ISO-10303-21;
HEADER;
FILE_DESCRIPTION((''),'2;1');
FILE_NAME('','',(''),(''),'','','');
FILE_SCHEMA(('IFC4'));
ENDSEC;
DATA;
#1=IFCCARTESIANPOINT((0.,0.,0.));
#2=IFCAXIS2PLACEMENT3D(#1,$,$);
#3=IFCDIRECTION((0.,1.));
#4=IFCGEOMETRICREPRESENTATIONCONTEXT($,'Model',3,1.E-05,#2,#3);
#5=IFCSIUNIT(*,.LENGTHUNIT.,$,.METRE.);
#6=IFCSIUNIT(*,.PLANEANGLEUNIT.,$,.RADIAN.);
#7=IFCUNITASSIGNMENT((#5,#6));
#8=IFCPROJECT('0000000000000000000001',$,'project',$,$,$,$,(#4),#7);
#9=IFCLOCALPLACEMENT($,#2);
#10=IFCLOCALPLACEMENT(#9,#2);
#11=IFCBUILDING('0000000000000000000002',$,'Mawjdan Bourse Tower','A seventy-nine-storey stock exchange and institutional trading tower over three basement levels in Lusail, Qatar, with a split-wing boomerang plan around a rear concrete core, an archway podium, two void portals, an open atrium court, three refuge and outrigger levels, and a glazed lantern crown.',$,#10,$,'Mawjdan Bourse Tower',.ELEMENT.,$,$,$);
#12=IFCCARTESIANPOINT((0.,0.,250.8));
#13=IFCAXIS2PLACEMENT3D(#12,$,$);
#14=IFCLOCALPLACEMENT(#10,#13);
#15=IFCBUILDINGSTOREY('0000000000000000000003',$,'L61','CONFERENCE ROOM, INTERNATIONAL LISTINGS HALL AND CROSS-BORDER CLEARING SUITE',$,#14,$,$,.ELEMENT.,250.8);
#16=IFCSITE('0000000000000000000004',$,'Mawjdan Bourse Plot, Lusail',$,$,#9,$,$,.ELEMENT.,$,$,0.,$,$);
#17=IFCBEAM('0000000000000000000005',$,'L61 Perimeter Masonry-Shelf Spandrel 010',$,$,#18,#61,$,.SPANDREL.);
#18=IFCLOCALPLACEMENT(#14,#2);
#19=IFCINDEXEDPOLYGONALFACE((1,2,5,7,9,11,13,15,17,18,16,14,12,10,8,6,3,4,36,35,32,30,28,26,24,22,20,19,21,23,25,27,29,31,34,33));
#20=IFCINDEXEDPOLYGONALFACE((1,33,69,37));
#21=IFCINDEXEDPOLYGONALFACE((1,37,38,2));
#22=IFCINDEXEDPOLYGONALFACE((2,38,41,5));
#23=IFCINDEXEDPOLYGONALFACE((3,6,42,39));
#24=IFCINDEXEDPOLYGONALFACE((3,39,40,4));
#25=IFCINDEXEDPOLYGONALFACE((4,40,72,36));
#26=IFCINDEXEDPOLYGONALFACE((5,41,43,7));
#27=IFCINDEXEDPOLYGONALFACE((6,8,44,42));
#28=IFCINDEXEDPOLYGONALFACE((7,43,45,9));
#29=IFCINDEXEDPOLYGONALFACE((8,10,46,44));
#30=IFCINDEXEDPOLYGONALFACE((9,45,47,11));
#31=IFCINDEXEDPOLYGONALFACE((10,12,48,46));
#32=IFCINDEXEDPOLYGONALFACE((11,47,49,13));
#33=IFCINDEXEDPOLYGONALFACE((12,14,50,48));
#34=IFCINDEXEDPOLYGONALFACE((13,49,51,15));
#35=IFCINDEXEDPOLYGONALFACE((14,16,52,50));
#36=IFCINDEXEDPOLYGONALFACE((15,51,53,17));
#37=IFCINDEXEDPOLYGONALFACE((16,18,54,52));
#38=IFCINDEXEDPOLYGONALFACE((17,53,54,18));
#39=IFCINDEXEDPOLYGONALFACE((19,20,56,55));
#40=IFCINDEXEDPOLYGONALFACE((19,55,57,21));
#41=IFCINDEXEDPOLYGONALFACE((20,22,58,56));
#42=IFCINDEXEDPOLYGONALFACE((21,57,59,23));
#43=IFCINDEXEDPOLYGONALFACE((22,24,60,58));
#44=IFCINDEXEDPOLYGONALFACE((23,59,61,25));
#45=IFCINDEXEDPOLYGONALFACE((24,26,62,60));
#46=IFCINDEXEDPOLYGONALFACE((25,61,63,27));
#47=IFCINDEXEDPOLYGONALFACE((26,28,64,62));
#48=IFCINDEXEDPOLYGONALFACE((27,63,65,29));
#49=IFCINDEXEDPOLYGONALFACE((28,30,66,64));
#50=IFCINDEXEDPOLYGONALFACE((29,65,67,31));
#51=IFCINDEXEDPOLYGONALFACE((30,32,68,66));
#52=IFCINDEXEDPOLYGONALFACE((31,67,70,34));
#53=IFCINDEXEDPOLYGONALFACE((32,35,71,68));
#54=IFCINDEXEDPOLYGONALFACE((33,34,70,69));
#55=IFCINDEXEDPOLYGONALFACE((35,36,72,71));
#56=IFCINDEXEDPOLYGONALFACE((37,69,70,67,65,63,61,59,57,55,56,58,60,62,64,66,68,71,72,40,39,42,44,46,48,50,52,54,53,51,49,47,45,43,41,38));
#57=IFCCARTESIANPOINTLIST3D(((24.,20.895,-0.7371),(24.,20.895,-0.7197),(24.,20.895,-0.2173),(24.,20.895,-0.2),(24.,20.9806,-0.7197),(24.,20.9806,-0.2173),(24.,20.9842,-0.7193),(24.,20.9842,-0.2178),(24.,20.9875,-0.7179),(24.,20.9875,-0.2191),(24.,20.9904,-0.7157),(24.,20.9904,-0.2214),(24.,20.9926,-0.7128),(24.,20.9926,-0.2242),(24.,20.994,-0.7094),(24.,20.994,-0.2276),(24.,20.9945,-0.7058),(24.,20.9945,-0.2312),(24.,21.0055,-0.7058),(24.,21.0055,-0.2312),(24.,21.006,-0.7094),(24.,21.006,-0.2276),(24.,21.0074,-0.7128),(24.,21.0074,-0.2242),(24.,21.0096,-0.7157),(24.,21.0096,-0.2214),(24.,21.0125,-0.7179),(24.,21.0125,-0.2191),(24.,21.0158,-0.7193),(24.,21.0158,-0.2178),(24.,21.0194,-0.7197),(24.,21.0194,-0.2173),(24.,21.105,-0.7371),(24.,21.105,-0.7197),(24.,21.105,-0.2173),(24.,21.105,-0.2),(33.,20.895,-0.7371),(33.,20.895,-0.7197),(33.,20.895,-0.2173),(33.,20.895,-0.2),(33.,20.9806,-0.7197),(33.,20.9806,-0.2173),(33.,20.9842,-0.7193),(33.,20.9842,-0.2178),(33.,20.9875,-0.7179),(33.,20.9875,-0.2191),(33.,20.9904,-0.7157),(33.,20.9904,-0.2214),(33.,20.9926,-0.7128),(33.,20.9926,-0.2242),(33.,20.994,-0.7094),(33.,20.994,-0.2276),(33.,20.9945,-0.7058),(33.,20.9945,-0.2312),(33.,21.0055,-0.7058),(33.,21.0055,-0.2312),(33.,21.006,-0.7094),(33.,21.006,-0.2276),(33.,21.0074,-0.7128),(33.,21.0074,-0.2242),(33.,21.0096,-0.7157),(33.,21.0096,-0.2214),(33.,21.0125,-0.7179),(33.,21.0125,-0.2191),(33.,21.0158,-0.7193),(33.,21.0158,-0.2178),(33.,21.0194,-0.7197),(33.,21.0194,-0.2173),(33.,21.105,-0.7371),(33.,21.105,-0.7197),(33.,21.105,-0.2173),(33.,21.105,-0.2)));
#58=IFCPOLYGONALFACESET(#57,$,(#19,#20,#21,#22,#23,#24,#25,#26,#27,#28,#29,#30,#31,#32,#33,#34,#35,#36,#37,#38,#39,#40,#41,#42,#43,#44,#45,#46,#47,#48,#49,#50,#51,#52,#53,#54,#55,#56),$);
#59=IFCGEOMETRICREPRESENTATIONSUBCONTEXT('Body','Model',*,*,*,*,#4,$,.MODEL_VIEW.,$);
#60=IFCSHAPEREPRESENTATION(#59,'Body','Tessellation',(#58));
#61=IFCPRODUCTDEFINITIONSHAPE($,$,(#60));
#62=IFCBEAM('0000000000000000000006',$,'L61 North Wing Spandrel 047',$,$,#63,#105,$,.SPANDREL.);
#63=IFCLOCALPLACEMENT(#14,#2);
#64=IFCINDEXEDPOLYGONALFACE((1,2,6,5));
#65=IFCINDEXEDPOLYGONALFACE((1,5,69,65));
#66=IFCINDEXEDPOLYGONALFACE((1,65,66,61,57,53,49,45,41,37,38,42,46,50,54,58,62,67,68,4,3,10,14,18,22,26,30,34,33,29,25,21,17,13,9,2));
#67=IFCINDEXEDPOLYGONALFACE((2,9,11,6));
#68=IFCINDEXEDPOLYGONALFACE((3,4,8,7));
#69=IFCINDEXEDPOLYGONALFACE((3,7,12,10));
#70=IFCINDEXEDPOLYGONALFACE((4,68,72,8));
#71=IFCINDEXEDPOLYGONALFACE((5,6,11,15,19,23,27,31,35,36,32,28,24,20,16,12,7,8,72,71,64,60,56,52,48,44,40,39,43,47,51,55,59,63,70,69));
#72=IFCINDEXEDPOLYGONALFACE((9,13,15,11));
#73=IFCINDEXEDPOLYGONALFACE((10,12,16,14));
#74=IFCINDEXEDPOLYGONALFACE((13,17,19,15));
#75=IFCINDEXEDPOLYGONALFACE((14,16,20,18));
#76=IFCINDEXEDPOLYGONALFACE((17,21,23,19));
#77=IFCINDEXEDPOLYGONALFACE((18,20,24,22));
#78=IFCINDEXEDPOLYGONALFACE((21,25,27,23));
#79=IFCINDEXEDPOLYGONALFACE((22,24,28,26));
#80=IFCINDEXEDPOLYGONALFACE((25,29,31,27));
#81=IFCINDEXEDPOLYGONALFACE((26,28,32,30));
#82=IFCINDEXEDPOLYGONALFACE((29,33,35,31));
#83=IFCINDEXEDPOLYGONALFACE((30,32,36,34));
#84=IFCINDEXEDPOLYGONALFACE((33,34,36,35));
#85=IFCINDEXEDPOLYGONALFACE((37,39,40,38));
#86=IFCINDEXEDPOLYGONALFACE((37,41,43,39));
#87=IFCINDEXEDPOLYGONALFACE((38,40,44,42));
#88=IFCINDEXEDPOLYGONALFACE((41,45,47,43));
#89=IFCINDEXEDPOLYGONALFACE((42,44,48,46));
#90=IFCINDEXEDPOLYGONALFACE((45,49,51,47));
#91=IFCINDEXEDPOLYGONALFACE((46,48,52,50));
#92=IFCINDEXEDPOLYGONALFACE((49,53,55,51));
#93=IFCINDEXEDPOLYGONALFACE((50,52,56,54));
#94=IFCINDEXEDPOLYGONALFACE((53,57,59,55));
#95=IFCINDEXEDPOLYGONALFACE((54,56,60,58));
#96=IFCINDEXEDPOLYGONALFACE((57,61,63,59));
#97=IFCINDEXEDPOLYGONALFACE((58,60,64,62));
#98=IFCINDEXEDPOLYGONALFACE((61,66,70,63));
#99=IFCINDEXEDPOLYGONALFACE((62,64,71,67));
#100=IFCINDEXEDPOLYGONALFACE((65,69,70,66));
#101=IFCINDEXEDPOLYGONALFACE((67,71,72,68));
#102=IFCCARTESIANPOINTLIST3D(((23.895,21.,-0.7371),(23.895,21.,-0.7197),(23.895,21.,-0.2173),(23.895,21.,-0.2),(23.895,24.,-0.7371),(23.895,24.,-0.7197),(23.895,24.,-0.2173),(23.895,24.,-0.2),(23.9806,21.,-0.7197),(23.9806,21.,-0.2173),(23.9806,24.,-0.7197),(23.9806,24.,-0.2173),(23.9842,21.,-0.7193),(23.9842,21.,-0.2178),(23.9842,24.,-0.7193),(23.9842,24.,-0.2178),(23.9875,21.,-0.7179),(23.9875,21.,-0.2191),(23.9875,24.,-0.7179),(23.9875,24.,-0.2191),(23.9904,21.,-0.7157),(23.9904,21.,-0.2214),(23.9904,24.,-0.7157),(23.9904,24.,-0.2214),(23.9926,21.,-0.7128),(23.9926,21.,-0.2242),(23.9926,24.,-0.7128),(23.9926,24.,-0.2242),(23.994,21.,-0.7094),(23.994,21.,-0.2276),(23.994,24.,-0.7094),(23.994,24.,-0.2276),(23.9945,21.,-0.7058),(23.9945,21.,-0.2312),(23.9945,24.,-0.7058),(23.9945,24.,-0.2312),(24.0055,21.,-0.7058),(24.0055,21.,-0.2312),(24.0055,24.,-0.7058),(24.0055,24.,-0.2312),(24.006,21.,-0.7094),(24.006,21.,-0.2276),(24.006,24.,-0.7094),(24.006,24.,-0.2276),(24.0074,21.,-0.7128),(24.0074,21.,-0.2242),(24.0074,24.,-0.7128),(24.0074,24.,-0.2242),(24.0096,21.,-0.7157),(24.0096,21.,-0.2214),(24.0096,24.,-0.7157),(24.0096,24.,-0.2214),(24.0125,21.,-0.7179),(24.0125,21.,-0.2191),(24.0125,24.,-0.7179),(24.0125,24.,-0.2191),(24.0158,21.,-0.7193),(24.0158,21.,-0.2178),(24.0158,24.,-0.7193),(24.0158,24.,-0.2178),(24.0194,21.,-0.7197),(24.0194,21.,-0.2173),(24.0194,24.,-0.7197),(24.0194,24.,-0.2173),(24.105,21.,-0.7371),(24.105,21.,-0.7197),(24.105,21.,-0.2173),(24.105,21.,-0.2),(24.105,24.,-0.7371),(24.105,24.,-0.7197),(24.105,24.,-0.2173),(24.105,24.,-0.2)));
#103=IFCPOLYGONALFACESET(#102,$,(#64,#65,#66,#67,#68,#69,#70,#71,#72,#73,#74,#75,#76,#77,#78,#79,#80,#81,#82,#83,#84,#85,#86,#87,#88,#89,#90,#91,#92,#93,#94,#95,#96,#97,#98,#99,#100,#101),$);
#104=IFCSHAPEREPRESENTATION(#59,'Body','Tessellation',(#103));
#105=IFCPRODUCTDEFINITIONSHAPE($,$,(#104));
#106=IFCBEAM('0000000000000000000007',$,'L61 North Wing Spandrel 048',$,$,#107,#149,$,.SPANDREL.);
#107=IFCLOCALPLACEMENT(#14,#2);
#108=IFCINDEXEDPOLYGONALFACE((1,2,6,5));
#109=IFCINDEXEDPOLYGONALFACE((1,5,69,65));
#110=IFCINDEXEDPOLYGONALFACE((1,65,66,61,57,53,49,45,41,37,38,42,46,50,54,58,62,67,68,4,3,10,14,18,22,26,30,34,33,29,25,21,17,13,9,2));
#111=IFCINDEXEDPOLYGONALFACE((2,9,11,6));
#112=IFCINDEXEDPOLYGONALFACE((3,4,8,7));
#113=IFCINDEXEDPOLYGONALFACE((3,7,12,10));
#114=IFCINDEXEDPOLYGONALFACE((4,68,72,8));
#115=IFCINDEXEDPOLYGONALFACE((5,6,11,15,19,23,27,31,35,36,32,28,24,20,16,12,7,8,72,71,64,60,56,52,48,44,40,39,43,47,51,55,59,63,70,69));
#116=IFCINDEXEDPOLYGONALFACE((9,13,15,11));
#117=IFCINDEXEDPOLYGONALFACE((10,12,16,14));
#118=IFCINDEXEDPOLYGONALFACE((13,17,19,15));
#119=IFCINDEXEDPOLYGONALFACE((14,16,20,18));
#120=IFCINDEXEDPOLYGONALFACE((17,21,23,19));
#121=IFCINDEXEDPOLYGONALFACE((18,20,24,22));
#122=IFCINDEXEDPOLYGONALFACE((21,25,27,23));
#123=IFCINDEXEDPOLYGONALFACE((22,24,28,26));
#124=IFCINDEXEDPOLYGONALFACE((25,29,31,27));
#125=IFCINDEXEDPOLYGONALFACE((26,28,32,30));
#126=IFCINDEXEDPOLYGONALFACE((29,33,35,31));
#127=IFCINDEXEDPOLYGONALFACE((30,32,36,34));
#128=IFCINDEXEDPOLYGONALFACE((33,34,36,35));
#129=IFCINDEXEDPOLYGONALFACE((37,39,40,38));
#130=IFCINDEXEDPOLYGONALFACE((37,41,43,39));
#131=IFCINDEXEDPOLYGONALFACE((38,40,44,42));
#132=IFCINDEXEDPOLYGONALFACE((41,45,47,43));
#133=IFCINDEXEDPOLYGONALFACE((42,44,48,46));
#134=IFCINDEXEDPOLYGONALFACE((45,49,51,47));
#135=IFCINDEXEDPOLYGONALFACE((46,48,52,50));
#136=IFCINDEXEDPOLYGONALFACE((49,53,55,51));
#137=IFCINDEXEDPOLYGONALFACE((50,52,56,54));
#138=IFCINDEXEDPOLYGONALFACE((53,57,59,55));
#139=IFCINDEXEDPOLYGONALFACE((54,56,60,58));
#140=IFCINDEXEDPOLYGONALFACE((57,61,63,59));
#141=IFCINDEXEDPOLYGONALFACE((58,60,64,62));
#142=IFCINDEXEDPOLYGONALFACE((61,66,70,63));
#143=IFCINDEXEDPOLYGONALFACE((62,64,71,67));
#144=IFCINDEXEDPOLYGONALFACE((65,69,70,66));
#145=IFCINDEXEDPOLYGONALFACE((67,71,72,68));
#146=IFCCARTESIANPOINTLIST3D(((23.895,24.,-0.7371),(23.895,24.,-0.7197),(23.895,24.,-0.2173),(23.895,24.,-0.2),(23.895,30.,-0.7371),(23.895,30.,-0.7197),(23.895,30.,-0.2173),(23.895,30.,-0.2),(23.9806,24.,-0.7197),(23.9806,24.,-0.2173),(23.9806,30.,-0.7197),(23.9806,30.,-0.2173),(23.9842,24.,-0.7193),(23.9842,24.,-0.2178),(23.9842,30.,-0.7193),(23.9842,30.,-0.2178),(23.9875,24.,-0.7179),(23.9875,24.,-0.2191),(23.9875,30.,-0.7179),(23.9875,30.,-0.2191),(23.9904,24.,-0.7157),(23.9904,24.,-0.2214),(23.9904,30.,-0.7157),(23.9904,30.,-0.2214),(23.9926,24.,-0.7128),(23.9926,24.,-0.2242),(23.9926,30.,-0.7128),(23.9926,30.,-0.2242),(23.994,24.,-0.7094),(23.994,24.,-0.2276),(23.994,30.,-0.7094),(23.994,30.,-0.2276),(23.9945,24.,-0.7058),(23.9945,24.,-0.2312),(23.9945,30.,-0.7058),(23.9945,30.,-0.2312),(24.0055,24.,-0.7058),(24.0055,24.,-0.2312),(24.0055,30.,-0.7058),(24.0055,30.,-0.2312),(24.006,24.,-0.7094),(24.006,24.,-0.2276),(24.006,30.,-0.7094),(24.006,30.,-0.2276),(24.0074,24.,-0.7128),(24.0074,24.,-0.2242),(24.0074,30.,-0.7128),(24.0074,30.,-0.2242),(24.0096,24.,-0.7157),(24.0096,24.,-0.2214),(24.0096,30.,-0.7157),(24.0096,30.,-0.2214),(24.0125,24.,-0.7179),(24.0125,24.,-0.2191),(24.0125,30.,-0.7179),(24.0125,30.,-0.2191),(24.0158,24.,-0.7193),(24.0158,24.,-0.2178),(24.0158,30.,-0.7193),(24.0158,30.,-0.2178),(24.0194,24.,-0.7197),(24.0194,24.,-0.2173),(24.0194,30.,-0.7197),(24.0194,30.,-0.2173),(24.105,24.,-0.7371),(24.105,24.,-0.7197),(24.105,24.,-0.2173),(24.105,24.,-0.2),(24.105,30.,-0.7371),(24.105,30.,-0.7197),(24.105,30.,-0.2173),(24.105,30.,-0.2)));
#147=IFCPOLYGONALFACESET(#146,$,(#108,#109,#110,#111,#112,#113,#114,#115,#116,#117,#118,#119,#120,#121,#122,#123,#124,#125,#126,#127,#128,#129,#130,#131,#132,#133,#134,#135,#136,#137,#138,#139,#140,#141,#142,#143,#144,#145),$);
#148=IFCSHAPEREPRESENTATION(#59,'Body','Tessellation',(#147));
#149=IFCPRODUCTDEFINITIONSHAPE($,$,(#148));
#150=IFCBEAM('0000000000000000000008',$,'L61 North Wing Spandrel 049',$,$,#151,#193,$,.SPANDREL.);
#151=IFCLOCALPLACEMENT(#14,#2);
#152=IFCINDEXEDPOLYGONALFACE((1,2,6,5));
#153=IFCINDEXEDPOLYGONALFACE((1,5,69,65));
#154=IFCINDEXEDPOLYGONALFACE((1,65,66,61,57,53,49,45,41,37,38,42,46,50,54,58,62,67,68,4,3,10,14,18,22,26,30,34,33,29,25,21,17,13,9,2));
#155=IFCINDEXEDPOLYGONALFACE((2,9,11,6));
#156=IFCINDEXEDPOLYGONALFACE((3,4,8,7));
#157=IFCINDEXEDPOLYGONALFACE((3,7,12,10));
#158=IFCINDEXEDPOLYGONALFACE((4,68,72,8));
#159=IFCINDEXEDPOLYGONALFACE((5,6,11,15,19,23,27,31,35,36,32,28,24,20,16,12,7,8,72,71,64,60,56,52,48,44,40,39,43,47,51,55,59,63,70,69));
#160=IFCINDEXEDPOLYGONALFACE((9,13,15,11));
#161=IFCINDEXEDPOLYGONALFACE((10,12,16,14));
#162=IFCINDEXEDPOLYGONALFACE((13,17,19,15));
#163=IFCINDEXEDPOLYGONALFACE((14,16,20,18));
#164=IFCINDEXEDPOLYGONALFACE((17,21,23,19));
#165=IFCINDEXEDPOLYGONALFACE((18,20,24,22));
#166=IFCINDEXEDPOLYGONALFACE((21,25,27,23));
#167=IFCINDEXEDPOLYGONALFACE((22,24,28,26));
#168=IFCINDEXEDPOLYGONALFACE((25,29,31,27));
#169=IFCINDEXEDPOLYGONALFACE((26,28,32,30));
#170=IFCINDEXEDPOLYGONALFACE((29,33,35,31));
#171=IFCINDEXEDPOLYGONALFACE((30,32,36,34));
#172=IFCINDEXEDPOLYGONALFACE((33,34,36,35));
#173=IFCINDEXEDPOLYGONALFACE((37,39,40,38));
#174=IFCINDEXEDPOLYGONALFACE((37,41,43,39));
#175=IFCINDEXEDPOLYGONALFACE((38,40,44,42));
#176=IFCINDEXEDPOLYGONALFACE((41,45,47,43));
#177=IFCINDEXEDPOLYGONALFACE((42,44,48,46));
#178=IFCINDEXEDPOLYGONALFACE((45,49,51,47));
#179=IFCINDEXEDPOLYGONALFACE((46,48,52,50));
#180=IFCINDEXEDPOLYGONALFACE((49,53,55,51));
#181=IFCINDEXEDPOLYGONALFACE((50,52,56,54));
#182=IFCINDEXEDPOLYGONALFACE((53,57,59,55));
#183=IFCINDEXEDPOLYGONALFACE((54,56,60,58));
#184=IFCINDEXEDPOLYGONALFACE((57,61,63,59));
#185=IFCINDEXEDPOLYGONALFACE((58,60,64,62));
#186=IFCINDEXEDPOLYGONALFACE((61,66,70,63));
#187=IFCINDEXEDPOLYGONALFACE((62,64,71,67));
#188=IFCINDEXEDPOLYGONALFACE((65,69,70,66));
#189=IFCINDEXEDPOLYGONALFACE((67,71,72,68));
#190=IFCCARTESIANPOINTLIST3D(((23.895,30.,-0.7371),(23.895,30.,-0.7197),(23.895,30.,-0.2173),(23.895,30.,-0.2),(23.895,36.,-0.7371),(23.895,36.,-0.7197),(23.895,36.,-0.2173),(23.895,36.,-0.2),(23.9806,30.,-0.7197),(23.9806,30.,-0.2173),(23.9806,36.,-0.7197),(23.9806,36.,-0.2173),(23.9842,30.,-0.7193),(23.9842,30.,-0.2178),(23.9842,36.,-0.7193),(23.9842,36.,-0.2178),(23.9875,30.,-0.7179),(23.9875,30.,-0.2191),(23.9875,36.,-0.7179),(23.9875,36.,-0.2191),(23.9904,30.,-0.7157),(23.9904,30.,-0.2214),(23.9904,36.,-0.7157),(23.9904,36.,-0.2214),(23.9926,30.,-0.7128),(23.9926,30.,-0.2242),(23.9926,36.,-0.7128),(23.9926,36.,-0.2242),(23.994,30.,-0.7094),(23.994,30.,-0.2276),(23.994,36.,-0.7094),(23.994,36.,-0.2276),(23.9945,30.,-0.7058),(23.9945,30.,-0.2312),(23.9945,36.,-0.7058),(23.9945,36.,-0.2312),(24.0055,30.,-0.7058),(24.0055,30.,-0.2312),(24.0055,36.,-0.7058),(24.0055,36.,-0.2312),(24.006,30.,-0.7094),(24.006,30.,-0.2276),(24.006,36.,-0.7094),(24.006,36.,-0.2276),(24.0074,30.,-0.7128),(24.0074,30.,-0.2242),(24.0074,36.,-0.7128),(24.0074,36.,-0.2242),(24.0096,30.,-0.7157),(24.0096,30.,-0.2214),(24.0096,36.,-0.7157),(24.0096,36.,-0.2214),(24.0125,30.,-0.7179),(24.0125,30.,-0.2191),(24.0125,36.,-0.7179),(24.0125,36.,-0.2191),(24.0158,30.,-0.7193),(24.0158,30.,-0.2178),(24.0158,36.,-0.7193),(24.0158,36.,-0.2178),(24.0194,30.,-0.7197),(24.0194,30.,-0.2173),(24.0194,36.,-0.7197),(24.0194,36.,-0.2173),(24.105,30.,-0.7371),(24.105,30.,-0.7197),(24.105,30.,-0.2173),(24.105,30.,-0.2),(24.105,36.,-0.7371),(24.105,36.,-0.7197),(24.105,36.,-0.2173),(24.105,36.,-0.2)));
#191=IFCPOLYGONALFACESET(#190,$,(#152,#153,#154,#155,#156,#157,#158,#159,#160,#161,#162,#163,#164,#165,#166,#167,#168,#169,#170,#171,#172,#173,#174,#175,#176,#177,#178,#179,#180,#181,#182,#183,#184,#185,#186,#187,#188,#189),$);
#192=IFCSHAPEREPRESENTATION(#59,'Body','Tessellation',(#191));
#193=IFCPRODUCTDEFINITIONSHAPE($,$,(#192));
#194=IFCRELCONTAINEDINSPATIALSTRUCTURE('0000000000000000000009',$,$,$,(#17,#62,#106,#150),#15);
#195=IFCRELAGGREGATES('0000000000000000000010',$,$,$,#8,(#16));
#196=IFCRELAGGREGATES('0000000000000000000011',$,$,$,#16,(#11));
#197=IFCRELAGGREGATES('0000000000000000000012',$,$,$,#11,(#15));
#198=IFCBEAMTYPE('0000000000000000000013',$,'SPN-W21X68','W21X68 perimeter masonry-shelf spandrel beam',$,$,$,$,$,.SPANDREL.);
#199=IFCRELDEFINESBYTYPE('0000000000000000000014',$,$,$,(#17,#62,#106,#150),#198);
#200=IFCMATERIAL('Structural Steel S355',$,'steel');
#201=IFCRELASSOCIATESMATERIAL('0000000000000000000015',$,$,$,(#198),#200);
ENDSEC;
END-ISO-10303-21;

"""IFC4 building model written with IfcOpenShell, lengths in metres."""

from ifc_helpers import new_model, si_unit, direction, frame, origin, origin_2d, place, context, subcontext, project, spatial, i_section, extrude, material, material_profile, profile_set, type_object, element, save


model = new_model("IFC4")

# Units and contexts
model_context = context("Model", 3, precision=1e-05, world=origin(), true_north=direction((0.0, 1.0)))
body_context = subcontext(model_context, "Body", "Model", "MODEL_VIEW")
ifc_project = project(units=[si_unit("LENGTHUNIT", "METRE"), si_unit("PLANEANGLEUNIT", "RADIAN")], contexts=[model_context])

# Site, building, storey
site_placement = place(None, origin())
site = spatial("IfcSite", under=ifc_project, at=site_placement, Name="Mawjdan Bourse Plot, Lusail", CompositionType="ELEMENT", RefElevation=0.0)
building_placement = place(site_placement, origin())
building = spatial("IfcBuilding", under=site, at=building_placement, Name="Mawjdan Bourse Tower", Description="A seventy-nine-storey stock exchange and institutional trading tower over three basement levels in Lusail, Qatar, with a split-wing boomerang plan around a rear concrete core, an archway podium, two void portals, an open atrium court, three refuge and outrigger levels, and a glazed lantern crown.", LongName="Mawjdan Bourse Tower", CompositionType="ELEMENT")
storey_placement = place(building_placement, frame((0.0, 0.0, 250.8)))
storey = spatial("IfcBuildingStorey", under=building, at=storey_placement, Name="L61", Description="CONFERENCE ROOM, INTERNATIONAL LISTINGS HALL AND CROSS-BORDER CLEARING SUITE", CompositionType="ELEMENT", Elevation=250.8)

# Beams
ifc_material_1 = material(Name="Structural Steel S355", Category="steel")
ifc_material_profile_1 = material_profile(ifc_material_1, i_section(OverallWidth=0.21, OverallDepth=0.5371, WebThickness=0.011, FlangeThickness=0.0173, FilletRadius=0.0139, at=origin_2d()), Name="W21X68")
ifc_profile_set_1 = profile_set([ifc_material_profile_1], Name="Structural Steel S355")
beam_type_1 = type_object("IfcBeamType", Name="SPN-W21X68", Description="W21X68 perimeter masonry-shelf spandrel beam", PredefinedType="SPANDREL", material=ifc_profile_set_1)
beam_1_placement = place(storey_placement, frame((24.0, 21.0, -0.4685), z_axis=(1.0, 0.0, 0.0), x_axis=(0.0, 1.0, 0.0)))
element("IfcBeam", 1, at=beam_1_placement, inside=storey, type_object=beam_type_1, Name="L61 Perimeter Masonry-Shelf Spandrel 010", PredefinedType="SPANDREL", context=body_context, shape_type="SweptSolid", body=[
    extrude(i_section(OverallWidth=0.21, OverallDepth=0.5371, WebThickness=0.011, FlangeThickness=0.0173, FilletRadius=0.0139, at=origin_2d()), origin(), (0.0, 0.0, 1.0), 9.0),
])
beam_2_placement = place(storey_placement, frame((24.0, 21.0, -0.4685), z_axis=(0.0, 1.0, 0.0), x_axis=(-1.0, 0.0, 0.0)))
element("IfcBeam", 2, at=beam_2_placement, inside=storey, type_object=beam_type_1, Name="L61 North Wing Spandrel 047", PredefinedType="SPANDREL", context=body_context, shape_type="SweptSolid", body=[
    extrude(i_section(OverallWidth=0.21, OverallDepth=0.5371, WebThickness=0.011, FlangeThickness=0.0173, FilletRadius=0.0139, at=origin_2d()), origin(), (0.0, 0.0, 1.0), 3.0),
])
for number, where, z_axis, x_axis, name in (
    (3, (24.0, 24.0, -0.4685), (0.0, 1.0, 0.0), (-1.0, 0.0, 0.0), "L61 North Wing Spandrel 048"),
    (4, (24.0, 30.0, -0.4685), (0.0, 1.0, 0.0), (-1.0, 0.0, 0.0), "L61 North Wing Spandrel 049"),
):
    element("IfcBeam", number, at=place(storey_placement, frame(where, z_axis=z_axis, x_axis=x_axis)), inside=storey, type_object=beam_type_1, Name=name, PredefinedType="SPANDREL", context=body_context, shape_type="SweptSolid", body=[
        extrude(i_section(OverallWidth=0.21, OverallDepth=0.5371, WebThickness=0.011, FlangeThickness=0.0173, FilletRadius=0.0139, at=origin_2d()), origin(), (0.0, 0.0, 1.0), 6.0),
    ])

save(model, "model.ifc")
